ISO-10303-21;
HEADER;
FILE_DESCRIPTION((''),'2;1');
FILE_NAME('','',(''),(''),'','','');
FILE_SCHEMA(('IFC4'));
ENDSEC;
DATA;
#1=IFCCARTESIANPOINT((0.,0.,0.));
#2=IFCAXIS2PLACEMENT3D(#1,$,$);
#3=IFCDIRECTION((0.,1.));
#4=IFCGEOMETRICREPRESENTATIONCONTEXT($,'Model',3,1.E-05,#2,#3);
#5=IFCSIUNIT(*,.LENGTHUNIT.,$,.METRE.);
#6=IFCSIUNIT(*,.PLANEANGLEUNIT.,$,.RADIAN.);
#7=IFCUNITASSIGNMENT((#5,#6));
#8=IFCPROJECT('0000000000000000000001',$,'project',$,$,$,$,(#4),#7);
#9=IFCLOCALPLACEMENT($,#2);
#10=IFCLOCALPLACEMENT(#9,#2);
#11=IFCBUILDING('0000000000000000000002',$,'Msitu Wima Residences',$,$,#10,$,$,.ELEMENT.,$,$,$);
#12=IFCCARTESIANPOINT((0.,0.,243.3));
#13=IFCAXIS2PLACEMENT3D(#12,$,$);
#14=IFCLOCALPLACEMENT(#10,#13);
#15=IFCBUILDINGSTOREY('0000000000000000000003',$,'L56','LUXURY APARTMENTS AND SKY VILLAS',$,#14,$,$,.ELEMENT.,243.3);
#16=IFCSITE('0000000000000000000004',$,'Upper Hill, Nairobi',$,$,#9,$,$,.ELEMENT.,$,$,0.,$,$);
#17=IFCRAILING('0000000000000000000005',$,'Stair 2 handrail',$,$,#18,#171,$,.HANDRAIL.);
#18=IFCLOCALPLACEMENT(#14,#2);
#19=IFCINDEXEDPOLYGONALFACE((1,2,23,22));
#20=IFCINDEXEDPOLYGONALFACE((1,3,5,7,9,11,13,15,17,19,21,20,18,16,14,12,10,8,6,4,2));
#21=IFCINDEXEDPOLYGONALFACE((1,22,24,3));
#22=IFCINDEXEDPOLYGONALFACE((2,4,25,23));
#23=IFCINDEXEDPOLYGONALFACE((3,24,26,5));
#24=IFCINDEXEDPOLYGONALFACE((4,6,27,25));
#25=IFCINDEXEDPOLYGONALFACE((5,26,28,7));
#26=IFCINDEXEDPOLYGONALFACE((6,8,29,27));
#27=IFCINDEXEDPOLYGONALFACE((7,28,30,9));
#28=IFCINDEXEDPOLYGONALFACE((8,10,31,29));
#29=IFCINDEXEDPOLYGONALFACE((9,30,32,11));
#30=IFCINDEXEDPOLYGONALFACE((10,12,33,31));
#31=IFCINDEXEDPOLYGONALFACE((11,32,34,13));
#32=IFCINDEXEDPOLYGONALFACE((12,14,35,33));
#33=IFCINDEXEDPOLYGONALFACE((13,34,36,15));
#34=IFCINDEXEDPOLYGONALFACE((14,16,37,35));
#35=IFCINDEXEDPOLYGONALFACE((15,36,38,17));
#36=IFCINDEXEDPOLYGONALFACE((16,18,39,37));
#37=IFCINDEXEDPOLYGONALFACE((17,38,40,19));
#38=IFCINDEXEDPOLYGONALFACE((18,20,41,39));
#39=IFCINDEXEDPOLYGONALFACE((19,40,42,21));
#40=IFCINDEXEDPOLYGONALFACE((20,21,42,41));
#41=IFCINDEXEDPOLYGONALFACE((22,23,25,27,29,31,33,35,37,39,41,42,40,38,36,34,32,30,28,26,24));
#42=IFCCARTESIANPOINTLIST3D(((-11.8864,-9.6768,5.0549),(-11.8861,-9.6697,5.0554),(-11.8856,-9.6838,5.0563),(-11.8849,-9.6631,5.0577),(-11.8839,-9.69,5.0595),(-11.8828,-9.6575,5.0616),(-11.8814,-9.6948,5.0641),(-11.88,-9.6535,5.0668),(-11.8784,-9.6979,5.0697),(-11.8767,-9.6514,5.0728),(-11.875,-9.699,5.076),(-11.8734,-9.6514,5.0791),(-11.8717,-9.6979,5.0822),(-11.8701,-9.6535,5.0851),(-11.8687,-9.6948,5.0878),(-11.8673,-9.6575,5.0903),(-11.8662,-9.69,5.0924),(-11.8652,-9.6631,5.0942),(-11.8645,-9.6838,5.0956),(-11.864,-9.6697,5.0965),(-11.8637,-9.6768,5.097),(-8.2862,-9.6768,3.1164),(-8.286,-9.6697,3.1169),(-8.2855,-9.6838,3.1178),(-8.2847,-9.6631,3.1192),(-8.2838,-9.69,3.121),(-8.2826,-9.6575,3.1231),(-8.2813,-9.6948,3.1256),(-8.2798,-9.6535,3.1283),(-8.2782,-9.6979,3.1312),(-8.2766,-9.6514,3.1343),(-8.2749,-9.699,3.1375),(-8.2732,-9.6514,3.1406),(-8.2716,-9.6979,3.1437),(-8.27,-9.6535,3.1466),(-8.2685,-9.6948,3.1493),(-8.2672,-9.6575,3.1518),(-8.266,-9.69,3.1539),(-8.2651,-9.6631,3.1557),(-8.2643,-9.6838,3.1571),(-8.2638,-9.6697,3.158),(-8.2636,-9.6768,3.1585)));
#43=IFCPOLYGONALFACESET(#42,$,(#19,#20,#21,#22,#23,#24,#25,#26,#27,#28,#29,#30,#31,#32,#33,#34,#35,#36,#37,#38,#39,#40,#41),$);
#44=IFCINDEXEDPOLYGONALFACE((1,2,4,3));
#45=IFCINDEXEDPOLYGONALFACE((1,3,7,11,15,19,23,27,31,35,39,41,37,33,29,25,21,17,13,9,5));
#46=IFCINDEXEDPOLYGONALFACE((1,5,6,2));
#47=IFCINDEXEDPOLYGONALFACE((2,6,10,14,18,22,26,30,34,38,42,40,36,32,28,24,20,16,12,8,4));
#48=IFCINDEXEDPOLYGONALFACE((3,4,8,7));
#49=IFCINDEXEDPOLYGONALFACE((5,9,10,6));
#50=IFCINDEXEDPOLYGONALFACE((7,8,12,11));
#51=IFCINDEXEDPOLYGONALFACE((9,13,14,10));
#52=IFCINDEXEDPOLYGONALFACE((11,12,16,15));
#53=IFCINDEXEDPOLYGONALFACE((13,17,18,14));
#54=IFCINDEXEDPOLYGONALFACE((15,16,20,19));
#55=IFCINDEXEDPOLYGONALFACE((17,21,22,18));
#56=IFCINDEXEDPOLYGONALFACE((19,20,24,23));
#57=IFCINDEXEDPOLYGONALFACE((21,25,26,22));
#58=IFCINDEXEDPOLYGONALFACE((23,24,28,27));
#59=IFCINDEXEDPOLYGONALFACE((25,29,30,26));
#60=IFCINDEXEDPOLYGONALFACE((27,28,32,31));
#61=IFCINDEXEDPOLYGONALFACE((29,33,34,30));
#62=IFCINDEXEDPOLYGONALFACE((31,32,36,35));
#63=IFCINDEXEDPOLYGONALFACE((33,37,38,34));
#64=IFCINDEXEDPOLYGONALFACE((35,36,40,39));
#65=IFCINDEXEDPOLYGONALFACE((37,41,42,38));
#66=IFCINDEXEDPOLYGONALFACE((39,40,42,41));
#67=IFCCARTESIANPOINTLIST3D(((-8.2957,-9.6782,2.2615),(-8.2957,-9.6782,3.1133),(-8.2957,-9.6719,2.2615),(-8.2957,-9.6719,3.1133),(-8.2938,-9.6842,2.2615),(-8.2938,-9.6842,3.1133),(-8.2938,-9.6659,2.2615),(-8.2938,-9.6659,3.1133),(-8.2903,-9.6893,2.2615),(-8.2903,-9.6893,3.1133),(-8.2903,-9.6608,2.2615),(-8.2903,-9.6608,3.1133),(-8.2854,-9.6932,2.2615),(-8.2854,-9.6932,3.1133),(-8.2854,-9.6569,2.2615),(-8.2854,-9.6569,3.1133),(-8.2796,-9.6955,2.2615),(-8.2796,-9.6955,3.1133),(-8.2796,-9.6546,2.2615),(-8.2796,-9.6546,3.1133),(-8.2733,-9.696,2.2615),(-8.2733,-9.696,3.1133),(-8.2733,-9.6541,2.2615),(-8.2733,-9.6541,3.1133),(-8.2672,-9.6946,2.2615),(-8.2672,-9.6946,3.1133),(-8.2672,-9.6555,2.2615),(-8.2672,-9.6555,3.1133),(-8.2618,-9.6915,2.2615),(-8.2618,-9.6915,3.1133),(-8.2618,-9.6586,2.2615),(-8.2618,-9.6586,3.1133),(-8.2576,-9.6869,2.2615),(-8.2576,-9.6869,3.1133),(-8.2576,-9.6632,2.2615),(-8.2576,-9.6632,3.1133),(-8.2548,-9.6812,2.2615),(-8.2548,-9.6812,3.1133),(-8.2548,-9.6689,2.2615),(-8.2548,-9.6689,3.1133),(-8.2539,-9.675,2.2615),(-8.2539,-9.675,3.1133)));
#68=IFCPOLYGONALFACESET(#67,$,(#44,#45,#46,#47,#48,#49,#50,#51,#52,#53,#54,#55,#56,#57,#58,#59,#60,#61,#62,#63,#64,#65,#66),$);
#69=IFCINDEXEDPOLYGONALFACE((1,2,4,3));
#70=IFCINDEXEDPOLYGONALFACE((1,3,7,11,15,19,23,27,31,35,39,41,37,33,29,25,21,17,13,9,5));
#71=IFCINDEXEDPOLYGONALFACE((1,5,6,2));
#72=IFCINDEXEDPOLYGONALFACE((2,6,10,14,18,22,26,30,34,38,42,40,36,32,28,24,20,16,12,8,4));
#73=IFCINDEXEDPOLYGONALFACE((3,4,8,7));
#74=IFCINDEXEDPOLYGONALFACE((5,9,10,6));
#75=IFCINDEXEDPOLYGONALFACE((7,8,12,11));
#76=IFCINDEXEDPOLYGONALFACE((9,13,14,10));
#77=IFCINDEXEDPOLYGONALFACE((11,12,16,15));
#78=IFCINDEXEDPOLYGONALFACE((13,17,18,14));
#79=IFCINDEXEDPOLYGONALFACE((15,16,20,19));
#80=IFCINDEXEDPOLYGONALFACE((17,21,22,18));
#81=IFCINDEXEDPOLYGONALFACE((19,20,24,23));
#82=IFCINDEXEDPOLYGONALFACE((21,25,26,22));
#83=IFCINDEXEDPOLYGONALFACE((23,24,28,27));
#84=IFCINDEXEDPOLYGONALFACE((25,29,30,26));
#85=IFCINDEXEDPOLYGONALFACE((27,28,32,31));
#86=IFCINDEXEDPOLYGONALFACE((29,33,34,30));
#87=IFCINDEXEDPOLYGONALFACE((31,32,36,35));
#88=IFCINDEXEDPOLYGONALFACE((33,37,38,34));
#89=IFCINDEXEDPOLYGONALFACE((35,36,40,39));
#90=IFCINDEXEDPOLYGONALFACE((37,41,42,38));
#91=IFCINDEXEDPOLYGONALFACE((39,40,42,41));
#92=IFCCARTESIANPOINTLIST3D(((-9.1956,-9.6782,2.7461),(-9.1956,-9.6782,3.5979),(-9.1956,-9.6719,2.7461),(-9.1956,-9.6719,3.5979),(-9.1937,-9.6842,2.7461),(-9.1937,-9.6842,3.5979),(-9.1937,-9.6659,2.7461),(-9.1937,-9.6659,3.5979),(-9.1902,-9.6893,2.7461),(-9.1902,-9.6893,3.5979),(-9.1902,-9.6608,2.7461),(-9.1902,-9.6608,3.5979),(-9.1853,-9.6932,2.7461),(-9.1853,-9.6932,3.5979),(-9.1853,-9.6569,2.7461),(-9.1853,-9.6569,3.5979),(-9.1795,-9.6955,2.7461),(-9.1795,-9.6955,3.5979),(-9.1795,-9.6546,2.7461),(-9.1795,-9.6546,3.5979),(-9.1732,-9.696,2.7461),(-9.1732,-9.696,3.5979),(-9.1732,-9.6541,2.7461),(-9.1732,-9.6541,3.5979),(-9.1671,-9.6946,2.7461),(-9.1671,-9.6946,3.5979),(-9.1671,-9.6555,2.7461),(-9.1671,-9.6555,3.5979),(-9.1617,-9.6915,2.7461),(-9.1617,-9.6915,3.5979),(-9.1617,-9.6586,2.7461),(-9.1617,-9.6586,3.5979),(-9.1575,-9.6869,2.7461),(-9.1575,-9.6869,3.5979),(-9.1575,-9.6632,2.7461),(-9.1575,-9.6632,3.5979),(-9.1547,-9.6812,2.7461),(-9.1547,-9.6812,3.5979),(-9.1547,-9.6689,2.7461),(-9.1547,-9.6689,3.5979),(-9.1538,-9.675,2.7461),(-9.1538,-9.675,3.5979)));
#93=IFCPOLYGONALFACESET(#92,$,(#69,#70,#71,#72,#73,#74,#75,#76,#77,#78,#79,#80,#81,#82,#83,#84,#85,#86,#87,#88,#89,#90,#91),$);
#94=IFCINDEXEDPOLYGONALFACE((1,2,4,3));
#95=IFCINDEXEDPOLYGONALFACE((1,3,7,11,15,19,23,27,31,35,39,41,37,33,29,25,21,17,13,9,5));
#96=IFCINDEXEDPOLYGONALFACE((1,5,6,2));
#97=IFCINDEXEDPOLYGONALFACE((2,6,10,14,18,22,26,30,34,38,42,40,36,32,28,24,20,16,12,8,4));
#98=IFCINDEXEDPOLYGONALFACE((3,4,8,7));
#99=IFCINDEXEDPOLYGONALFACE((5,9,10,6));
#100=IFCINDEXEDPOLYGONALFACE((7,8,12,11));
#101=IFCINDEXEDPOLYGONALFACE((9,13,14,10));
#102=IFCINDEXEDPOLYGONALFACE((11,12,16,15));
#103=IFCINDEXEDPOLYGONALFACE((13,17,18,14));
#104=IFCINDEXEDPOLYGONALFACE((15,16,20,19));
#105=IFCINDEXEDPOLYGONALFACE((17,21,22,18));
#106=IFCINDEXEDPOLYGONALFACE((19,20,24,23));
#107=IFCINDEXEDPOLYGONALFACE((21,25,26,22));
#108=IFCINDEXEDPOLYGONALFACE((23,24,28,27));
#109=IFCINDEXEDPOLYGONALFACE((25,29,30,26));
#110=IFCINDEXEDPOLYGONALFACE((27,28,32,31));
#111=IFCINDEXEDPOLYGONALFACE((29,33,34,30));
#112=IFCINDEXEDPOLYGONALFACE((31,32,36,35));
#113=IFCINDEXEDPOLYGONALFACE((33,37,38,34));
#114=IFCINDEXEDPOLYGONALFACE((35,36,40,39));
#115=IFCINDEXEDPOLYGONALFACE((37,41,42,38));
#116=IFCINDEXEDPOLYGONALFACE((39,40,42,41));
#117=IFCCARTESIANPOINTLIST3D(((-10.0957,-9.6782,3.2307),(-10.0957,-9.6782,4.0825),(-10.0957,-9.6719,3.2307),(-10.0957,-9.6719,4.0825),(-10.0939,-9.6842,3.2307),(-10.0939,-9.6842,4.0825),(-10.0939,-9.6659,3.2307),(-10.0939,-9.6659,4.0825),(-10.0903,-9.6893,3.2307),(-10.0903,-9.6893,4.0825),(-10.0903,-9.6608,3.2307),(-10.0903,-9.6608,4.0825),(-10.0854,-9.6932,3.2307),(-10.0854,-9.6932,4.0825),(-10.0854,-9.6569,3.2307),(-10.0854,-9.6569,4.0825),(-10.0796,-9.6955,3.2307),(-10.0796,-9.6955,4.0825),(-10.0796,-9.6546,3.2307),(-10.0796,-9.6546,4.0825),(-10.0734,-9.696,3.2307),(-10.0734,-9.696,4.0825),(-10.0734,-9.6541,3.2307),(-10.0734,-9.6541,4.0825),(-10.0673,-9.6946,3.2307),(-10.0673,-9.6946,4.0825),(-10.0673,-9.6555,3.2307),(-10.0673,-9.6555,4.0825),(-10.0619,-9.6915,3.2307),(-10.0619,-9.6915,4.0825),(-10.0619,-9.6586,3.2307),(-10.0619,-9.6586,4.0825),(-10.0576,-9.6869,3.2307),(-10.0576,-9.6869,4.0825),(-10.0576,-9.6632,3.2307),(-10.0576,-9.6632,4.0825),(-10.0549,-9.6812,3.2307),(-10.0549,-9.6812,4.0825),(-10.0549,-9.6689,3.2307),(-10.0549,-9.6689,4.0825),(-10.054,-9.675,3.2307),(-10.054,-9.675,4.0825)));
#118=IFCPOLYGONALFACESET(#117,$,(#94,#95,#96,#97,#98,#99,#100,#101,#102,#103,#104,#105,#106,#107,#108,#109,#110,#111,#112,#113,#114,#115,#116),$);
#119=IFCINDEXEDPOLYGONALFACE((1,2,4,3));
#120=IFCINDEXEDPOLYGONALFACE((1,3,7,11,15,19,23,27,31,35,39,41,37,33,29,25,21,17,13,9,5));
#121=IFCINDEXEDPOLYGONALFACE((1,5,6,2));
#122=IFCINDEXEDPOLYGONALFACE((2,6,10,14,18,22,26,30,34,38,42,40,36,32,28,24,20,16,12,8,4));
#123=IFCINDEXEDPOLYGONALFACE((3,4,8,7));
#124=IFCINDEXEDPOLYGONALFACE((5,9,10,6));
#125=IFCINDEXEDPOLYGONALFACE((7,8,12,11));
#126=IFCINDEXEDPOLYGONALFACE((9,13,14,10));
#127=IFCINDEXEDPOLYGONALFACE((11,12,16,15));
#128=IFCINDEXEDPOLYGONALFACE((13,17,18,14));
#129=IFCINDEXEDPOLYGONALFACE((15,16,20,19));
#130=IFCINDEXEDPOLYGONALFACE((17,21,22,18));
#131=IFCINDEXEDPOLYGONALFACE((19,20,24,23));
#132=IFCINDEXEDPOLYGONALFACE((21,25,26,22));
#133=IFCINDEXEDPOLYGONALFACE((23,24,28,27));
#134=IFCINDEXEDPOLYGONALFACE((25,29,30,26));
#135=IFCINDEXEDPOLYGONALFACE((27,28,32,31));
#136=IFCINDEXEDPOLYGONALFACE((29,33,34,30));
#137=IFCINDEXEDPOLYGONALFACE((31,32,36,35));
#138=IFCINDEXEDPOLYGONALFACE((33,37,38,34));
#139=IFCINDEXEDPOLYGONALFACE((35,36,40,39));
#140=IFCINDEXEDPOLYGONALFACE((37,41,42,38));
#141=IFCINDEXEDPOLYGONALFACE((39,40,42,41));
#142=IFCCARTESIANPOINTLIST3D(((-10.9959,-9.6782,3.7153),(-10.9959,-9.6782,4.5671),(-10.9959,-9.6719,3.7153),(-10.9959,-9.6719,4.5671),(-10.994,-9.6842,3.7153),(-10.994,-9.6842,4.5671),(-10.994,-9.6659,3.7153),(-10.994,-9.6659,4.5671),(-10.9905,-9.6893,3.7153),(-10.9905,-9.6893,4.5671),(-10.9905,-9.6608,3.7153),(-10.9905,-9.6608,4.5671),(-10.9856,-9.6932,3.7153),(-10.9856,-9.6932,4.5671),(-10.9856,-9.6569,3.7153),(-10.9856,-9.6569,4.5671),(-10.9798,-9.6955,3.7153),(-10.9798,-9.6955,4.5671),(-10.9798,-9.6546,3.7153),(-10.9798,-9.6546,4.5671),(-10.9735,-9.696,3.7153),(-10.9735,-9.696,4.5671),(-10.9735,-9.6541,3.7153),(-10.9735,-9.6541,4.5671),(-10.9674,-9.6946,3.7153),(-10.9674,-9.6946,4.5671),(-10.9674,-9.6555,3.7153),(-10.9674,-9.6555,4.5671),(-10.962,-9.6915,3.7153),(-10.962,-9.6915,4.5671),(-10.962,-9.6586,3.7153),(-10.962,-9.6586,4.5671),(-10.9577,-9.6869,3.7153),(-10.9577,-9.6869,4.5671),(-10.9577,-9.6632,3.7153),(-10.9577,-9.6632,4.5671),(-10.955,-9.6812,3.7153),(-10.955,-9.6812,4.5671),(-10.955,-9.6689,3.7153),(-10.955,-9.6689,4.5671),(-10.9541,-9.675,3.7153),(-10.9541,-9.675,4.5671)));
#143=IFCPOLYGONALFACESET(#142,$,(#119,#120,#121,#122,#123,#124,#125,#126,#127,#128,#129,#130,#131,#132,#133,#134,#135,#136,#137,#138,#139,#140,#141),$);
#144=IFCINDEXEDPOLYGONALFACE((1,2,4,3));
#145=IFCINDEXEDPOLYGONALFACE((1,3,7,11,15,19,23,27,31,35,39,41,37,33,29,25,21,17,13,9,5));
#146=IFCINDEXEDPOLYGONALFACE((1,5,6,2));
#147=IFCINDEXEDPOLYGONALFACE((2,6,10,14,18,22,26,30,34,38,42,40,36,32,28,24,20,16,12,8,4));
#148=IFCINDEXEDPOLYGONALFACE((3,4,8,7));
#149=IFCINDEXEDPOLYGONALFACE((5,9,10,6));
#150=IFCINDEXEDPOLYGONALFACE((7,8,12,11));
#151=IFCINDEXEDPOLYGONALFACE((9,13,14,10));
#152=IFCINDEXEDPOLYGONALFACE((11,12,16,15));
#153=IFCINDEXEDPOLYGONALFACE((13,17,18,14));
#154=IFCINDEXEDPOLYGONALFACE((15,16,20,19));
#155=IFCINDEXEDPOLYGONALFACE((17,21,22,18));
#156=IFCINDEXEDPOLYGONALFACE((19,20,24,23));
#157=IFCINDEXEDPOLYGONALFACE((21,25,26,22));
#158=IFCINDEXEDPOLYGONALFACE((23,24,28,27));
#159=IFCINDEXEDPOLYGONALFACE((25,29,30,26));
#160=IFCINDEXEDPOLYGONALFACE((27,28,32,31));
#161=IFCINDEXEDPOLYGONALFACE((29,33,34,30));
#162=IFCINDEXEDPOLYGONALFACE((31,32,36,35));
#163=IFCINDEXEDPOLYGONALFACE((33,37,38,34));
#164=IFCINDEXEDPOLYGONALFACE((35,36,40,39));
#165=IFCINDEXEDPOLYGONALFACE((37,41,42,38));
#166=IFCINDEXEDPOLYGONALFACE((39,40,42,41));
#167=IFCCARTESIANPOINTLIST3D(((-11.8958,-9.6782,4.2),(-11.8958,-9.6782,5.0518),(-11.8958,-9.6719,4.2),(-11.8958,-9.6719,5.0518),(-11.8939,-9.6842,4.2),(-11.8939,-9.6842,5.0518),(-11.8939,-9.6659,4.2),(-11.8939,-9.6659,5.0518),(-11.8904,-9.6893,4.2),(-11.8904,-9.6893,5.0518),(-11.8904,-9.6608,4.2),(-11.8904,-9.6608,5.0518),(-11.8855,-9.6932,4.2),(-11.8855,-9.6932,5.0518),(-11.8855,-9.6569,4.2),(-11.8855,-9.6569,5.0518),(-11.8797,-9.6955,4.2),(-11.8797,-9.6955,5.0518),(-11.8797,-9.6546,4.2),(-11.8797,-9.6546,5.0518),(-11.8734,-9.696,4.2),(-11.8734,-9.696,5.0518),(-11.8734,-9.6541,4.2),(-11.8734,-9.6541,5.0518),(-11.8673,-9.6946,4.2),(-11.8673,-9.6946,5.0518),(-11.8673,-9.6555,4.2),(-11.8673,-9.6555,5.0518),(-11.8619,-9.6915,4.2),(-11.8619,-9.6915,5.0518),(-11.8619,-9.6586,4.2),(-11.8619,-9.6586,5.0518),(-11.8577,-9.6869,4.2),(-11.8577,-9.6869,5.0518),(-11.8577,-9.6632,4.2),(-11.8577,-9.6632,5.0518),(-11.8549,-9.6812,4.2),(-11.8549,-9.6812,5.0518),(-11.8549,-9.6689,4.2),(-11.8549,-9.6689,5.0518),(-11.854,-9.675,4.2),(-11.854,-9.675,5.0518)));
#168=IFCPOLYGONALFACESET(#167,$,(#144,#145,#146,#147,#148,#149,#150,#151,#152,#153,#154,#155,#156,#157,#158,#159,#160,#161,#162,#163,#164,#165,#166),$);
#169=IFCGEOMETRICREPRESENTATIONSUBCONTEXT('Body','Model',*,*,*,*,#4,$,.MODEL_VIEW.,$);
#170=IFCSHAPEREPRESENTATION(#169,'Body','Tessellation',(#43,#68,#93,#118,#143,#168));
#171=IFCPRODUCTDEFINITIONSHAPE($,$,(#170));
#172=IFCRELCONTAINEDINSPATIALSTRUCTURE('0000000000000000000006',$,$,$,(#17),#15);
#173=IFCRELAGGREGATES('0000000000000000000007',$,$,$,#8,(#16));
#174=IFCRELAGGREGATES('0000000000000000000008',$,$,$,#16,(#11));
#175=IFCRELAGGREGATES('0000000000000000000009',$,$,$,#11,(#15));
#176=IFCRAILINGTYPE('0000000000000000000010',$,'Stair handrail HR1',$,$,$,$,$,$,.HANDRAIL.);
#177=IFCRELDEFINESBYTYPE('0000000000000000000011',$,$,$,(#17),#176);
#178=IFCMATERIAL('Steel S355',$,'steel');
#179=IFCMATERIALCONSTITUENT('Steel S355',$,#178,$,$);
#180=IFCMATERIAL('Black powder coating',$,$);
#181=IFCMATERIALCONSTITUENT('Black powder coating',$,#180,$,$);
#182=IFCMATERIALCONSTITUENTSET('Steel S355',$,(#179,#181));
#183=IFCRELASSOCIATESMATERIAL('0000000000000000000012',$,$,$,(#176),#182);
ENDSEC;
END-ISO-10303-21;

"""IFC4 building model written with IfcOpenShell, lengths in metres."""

from ifc_helpers import new_model, si_unit, direction, frame, origin, origin_2d, place, context, subcontext, project, spatial, circle, extrude, material, constituent, constituent_set, type_object, element, save


model = new_model("IFC4")

# Units and contexts
model_context = context("Model", 3, precision=1e-05, world=origin(), true_north=direction((0.0, 1.0)))
body_context = subcontext(model_context, "Body", "Model", "MODEL_VIEW")
ifc_project = project(units=[si_unit("LENGTHUNIT", "METRE"), si_unit("PLANEANGLEUNIT", "RADIAN")], contexts=[model_context])

# Site, building, storey
site_placement = place(None, origin())
site = spatial("IfcSite", under=ifc_project, at=site_placement, Name="Upper Hill, Nairobi", CompositionType="ELEMENT", RefElevation=0.0)
building_placement = place(site_placement, origin())
building = spatial("IfcBuilding", under=site, at=building_placement, Name="Msitu Wima Residences", CompositionType="ELEMENT")
storey_placement = place(building_placement, frame((0.0, 0.0, 243.3)))
storey = spatial("IfcBuildingStorey", under=building, at=storey_placement, Name="L56", Description="LUXURY APARTMENTS AND SKY VILLAS", CompositionType="ELEMENT", Elevation=243.3)

# Railing
ifc_material_1 = material(Name="Steel S355", Category="steel")
ifc_constituent_1 = constituent(ifc_material_1, Name="Steel S355")
ifc_material_2 = material(Name="Black powder coating")
ifc_constituent_2 = constituent(ifc_material_2, Name="Black powder coating")
ifc_constituent_set = constituent_set(constituents=[ifc_constituent_1, ifc_constituent_2], Name="Steel S355")
railing_type = type_object("IfcRailingType", Name="Stair handrail HR1", PredefinedType="HANDRAIL", material=ifc_constituent_set)
railing_placement = place(storey_placement, frame((-8.2749, -9.675, 2.2615)))
element("IfcRailing", 1, at=railing_placement, inside=storey, type_object=railing_type, Name="Stair 2 handrail", PredefinedType="HANDRAIL", context=body_context, shape_type="SweptSolid", body=[
    extrude(circle(Radius=0.0239, at=origin_2d()), frame((0.0, 0.0, 0.876), z_axis=(-0.880475, 0.0, 0.474093), x_axis=(0.0, -1.0, 0.0)), (0.0, 0.0, 1.0), 4.0889),
    extrude(circle(Radius=0.021, at=origin_2d()), origin(), (0.0, 0.0, 1.0), 0.8518),
    extrude(circle(Radius=0.021, at=origin_2d()), frame((-0.8999, 0.0, 0.4846)), (0.0, 0.0, 1.0), 0.8518),
    extrude(circle(Radius=0.021, at=origin_2d()), frame((-1.8, 0.0, 0.9692)), (0.0, 0.0, 1.0), 0.8518),
    extrude(circle(Radius=0.021, at=origin_2d()), frame((-2.7002, 0.0, 1.4539)), (0.0, 0.0, 1.0), 0.8518),
    extrude(circle(Radius=0.021, at=origin_2d()), frame((-3.6001, 0.0, 1.9385)), (0.0, 0.0, 1.0), 0.8518),
])

save(model, "model.ifc")
